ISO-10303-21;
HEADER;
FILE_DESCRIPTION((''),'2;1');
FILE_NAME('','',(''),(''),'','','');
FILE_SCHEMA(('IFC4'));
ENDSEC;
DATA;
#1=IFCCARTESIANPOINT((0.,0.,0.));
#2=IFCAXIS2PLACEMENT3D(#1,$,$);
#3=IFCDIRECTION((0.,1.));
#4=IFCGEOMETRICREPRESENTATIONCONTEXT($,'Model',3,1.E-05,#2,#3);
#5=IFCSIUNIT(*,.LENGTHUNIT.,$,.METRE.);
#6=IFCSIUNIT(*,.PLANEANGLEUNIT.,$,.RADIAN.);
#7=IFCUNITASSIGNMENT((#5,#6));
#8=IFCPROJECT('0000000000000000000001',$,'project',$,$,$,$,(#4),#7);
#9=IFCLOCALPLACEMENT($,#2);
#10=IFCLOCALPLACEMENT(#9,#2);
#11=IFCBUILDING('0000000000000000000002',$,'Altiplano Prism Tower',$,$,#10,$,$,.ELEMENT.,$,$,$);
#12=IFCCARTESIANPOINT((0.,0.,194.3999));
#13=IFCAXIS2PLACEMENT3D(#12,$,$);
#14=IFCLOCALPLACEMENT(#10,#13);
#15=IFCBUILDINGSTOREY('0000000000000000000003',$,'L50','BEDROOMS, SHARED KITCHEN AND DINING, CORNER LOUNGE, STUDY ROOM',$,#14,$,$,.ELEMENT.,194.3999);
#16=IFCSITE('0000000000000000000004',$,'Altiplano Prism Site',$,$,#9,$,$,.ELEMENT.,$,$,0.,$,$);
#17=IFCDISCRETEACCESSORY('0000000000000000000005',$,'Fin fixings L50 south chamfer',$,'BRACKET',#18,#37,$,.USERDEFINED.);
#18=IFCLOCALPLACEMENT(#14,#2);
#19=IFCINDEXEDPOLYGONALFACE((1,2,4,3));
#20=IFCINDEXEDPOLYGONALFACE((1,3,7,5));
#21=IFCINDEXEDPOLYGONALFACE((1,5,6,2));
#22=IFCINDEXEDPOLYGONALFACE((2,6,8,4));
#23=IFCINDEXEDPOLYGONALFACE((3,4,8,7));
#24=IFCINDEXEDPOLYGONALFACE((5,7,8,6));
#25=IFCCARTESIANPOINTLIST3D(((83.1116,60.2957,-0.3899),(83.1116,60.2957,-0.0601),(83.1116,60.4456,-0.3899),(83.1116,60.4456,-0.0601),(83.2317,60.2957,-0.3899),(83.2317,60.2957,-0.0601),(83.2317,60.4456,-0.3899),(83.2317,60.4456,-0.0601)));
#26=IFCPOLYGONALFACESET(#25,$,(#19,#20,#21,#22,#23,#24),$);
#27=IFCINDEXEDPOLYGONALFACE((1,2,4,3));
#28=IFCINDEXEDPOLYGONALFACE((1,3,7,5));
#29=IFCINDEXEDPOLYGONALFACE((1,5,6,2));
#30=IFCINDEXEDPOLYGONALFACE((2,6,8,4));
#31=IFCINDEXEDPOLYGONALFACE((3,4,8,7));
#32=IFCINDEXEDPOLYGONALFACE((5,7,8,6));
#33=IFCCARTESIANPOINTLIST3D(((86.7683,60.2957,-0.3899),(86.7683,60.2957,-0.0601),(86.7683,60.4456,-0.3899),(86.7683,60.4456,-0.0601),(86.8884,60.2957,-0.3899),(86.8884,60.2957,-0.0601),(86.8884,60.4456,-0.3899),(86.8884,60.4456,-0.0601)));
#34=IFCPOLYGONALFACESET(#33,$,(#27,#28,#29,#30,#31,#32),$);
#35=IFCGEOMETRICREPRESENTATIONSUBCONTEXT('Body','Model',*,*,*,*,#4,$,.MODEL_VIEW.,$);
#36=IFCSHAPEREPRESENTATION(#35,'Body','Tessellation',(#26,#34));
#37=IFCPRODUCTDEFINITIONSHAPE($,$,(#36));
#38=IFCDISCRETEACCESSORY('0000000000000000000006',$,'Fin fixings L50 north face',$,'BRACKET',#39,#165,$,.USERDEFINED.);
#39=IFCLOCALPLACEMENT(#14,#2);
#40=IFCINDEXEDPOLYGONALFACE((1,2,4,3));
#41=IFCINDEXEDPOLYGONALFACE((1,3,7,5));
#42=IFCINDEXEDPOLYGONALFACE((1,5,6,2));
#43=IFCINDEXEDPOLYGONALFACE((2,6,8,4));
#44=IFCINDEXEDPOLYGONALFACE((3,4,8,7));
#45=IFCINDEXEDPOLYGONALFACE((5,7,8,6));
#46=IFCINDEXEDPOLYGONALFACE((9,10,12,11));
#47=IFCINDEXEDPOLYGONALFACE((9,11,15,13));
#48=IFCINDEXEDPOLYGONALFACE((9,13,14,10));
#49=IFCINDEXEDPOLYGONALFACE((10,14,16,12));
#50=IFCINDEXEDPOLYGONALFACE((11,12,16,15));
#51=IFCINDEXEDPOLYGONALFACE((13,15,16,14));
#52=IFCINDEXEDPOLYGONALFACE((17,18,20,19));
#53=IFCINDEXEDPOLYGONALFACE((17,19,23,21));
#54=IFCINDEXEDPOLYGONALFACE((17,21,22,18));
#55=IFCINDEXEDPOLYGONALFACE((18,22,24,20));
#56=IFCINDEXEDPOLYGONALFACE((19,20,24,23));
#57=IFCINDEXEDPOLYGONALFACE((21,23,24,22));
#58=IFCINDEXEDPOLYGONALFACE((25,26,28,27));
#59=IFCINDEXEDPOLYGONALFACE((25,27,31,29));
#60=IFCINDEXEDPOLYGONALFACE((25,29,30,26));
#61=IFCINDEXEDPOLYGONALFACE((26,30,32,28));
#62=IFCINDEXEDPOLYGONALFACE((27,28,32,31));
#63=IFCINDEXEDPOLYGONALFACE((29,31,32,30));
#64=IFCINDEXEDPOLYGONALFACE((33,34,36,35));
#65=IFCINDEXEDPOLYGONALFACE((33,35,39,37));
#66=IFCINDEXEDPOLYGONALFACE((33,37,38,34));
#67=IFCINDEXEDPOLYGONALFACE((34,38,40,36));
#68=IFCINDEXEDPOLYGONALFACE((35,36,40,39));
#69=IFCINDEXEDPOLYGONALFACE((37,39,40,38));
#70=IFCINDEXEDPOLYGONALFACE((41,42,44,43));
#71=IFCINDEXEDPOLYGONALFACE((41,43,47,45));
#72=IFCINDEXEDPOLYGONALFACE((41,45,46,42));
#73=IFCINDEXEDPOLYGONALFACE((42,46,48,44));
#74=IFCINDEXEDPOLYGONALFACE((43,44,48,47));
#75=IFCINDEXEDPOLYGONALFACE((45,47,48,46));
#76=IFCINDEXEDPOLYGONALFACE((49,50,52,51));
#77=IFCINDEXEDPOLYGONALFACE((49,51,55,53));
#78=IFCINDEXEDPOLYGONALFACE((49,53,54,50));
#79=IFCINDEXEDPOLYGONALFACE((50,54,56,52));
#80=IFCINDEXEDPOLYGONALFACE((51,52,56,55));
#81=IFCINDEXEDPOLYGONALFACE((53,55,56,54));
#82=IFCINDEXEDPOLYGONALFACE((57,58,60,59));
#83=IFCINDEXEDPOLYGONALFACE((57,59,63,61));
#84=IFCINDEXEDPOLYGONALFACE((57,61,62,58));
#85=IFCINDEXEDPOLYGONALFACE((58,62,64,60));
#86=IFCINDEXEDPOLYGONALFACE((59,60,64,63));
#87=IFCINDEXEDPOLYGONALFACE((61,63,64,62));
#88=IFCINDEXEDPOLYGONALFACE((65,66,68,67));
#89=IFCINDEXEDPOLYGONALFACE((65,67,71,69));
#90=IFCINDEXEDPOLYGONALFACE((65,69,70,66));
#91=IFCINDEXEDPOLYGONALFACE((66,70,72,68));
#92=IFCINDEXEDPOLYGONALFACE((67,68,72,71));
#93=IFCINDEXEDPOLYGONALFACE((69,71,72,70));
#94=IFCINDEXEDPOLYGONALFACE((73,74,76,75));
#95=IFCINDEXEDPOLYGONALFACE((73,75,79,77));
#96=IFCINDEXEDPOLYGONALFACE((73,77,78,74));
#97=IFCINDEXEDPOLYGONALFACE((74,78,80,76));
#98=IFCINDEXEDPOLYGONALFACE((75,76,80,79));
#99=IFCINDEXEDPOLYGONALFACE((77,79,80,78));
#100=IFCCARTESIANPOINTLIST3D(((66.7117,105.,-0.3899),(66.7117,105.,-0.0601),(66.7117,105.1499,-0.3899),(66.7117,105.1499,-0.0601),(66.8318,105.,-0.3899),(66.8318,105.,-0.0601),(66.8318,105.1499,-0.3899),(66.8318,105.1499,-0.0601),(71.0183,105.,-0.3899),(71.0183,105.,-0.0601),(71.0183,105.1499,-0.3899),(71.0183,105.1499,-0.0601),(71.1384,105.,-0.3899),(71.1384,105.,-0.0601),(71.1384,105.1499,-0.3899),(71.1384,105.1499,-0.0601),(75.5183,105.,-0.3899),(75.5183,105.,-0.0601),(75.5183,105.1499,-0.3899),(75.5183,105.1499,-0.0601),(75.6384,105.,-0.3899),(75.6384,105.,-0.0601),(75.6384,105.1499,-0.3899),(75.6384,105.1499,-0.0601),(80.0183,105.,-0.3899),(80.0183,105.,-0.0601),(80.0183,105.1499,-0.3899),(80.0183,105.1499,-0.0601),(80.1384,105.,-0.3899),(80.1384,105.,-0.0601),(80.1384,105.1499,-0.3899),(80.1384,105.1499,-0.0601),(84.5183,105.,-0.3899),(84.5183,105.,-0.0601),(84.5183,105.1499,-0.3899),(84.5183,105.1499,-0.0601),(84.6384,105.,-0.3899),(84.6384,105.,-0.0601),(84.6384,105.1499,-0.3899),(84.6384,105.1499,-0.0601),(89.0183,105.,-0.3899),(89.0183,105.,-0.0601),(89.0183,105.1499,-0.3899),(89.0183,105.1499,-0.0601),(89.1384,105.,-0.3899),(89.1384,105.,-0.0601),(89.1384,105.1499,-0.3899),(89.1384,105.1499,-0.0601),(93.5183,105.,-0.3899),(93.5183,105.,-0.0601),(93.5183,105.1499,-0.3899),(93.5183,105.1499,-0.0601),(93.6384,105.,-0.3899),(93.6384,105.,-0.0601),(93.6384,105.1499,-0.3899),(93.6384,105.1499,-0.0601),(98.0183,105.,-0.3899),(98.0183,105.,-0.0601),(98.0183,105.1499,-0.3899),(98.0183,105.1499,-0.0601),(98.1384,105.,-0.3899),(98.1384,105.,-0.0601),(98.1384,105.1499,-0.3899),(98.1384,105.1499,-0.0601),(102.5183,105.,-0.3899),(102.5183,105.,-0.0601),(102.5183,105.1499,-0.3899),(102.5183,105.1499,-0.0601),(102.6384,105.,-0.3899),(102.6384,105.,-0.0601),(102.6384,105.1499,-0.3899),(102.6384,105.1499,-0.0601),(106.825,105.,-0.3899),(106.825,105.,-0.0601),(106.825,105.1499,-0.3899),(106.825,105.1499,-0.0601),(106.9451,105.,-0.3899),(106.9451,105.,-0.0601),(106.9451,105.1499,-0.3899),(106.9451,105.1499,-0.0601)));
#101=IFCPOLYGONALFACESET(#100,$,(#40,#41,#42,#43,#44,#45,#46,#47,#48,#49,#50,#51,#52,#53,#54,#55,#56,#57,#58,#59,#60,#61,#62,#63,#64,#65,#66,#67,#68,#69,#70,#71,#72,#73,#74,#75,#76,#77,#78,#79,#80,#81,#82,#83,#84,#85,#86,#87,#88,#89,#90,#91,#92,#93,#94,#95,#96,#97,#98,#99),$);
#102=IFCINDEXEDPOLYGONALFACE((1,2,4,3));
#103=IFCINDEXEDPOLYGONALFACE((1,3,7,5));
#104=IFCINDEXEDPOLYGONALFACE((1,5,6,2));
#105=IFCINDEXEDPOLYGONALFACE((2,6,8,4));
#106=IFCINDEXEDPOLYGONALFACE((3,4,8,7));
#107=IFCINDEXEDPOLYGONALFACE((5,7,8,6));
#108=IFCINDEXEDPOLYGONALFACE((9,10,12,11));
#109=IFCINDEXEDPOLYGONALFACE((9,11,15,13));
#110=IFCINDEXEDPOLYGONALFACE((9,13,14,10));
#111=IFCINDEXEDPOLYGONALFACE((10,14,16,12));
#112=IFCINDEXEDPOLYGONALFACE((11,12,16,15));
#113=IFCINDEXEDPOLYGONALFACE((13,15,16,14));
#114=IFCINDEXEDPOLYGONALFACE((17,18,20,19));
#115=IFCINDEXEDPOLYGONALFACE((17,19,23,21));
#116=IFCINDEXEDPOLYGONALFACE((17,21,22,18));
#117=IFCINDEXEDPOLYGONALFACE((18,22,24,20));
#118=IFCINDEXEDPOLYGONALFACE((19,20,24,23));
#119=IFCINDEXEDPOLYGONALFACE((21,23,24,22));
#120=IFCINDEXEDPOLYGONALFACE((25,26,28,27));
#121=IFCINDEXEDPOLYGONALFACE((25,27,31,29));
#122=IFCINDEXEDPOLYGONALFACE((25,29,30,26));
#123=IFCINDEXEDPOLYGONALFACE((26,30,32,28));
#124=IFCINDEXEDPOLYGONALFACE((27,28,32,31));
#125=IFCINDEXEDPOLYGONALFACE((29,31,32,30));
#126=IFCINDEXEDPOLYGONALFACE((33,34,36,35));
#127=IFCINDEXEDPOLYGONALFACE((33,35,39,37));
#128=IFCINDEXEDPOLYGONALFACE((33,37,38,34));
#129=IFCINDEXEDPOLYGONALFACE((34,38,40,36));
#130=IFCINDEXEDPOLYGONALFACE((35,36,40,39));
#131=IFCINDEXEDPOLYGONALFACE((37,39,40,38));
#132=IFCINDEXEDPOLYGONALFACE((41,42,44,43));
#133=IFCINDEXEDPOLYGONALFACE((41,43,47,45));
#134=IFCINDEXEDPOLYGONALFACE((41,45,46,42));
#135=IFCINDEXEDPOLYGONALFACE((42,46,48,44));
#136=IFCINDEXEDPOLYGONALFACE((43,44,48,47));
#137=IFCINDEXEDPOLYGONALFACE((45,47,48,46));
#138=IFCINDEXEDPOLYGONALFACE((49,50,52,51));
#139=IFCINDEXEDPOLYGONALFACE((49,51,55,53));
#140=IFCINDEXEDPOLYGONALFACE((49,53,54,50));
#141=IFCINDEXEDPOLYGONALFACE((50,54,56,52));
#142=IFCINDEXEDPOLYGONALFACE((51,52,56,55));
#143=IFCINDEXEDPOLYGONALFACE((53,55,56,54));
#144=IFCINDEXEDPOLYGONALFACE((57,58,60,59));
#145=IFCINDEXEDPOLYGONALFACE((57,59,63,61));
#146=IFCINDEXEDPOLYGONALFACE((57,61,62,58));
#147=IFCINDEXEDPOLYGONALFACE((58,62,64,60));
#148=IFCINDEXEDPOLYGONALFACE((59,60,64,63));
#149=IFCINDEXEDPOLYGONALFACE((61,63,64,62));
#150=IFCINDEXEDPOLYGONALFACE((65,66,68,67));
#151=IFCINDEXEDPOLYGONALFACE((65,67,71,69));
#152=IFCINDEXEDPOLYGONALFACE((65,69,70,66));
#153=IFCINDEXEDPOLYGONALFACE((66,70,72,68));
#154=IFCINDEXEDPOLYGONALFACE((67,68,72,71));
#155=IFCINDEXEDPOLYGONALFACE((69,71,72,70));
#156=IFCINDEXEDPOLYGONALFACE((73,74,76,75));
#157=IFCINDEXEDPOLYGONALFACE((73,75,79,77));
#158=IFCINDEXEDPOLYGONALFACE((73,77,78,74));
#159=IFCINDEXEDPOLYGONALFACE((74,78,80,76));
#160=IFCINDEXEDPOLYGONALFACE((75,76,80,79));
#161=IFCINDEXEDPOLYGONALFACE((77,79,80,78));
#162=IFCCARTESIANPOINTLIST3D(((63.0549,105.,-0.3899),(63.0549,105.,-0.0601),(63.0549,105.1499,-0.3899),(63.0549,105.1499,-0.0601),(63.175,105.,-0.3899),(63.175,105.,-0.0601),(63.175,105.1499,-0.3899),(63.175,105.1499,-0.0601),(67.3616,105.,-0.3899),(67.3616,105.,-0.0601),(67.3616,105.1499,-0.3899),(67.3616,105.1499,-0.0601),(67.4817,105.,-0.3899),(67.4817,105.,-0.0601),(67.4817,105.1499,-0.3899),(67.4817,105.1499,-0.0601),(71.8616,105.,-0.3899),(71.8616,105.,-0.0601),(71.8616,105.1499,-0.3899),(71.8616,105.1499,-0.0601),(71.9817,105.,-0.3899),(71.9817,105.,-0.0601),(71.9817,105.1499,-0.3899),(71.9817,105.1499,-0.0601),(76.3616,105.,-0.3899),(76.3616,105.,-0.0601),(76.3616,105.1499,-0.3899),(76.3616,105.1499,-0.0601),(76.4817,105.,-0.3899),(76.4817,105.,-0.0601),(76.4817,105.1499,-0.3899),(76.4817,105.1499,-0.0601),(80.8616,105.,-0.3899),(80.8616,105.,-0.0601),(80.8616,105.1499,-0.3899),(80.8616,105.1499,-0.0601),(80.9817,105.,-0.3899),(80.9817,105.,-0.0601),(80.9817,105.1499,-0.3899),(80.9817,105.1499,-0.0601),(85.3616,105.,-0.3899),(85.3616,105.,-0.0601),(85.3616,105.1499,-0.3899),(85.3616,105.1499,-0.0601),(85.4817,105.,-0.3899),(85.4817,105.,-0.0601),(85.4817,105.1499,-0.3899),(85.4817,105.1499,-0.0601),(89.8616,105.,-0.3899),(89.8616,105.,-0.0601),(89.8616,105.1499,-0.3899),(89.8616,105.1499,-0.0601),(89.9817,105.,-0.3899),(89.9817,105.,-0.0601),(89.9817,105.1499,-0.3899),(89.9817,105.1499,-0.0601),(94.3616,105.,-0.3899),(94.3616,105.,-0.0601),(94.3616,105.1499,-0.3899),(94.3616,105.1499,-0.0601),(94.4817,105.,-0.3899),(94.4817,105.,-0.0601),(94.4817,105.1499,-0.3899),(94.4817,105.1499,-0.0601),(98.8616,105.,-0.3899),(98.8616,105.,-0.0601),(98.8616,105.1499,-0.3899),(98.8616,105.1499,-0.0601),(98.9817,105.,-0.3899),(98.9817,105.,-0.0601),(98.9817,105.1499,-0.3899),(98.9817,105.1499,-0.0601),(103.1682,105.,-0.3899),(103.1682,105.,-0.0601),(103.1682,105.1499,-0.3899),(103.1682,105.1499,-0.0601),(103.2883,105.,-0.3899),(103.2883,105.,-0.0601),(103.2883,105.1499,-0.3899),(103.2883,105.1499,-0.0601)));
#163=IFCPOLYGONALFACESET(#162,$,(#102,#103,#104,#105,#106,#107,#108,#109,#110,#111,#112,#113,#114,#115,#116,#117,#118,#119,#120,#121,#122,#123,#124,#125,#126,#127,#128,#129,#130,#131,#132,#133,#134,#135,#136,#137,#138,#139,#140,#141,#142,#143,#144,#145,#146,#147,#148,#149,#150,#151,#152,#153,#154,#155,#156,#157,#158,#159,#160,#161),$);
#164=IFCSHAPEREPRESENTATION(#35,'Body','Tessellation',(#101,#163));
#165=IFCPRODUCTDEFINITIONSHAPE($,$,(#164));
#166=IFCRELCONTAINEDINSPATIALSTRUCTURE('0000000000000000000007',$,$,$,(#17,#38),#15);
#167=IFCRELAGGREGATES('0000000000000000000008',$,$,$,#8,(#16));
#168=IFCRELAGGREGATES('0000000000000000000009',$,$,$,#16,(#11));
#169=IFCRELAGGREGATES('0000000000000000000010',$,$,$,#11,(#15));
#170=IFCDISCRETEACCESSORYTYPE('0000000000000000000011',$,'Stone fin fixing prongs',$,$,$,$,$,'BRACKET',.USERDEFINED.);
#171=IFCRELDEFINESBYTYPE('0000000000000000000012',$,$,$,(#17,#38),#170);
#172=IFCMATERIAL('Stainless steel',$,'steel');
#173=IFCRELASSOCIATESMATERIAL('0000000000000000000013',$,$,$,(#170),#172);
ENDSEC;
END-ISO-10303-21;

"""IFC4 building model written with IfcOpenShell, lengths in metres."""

from ifc_helpers import new_model, si_unit, direction, frame, origin, place, context, subcontext, project, spatial, polyline, outline, extrude, source, transform, mapped, material, type_object, element, save


model = new_model("IFC4")

# Units and contexts
model_context = context("Model", 3, precision=1e-05, world=origin(), true_north=direction((0.0, 1.0)))
body_context = subcontext(model_context, "Body", "Model", "MODEL_VIEW")
ifc_project = project(units=[si_unit("LENGTHUNIT", "METRE"), si_unit("PLANEANGLEUNIT", "RADIAN")], contexts=[model_context])

# Site, building, storey
site_placement = place(None, origin())
site = spatial("IfcSite", under=ifc_project, at=site_placement, Name="Altiplano Prism Site", CompositionType="ELEMENT", RefElevation=0.0)
building_placement = place(site_placement, origin())
building = spatial("IfcBuilding", under=site, at=building_placement, Name="Altiplano Prism Tower", CompositionType="ELEMENT")
storey_placement = place(building_placement, frame((0.0, 0.0, 194.3999)))
storey = spatial("IfcBuildingStorey", under=building, at=storey_placement, Name="L50", Description="BEDROOMS, SHARED KITCHEN AND DINING, CORNER LOUNGE, STUDY ROOM", CompositionType="ELEMENT", Elevation=194.3999)

# Discrete accessories
ifc_material_1 = material(Name="Stainless steel", Category="steel")
discrete_accessory_type = type_object("IfcDiscreteAccessoryType", Name="Stone fin fixing prongs", ElementType="BRACKET", PredefinedType="USERDEFINED", material=ifc_material_1)
shared_shape_1 = source(origin(), body_context, "Body", "SweptSolid", [
    extrude(outline(polyline([(-1.8884, 0.0601), (-1.7683, 0.0601), (-1.7683, 0.3899), (-1.8884, 0.3899), (-1.8884, 0.0601)])), frame((0.0, 0.0, 0.0), z_axis=(0.0, -1.0, 0.0), x_axis=(1.0, 0.0, 0.0)), (0.0, 0.0, 1.0), 0.1499),
    extrude(outline(polyline([(1.7683, 0.0601), (1.8884, 0.0601), (1.8884, 0.3899), (1.7683, 0.3899), (1.7683, 0.0601)])), frame((0.0, 0.0, 0.0), z_axis=(0.0, -1.0, 0.0), x_axis=(1.0, 0.0, 0.0)), (0.0, 0.0, 1.0), 0.1499),
])
discrete_accessory_1_placement = place(storey_placement, origin())
element("IfcDiscreteAccessory", 1, at=discrete_accessory_1_placement, inside=storey, type_object=discrete_accessory_type, Name="Fin fixings L50 south chamfer", ObjectType="BRACKET", PredefinedType="USERDEFINED", context=body_context, shape_type="MappedRepresentation", body=[
    mapped(shared_shape_1, transform((85.0, 60.4456, -0.45), x_axis=(1.0, 0.0, 0.0), y_axis=(0.0, 1.0, 0.0), z_axis=(0.0, 0.0, 1.0))),
])
shared_shape_2 = source(origin(), body_context, "Body", "SweptSolid", [
    extrude(outline(polyline([(-1.8884, 0.0601), (-1.7683, 0.0601), (-1.7683, 0.3899), (-1.8884, 0.3899), (-1.8884, 0.0601)])), frame((0.0, 0.0, 0.0), z_axis=(0.0, -1.0, 0.0), x_axis=(1.0, 0.0, 0.0)), (0.0, 0.0, 1.0), 0.1499),
    extrude(outline(polyline([(1.7683, 0.0601), (1.8884, 0.0601), (1.8884, 0.3899), (1.7683, 0.3899), (1.7683, 0.0601)])), frame((0.0, 0.0, 0.0), z_axis=(0.0, -1.0, 0.0), x_axis=(1.0, 0.0, 0.0)), (0.0, 0.0, 1.0), 0.1499),
])
shared_shape_3 = source(origin(), body_context, "Body", "SweptSolid", [
    extrude(outline(polyline([(-1.8884, 0.0601), (-1.7683, 0.0601), (-1.7683, 0.3899), (-1.8884, 0.3899), (-1.8884, 0.0601)])), frame((0.0, 0.0, 0.0), z_axis=(0.0, -1.0, 0.0), x_axis=(1.0, 0.0, 0.0)), (0.0, 0.0, 1.0), 0.1499),
    extrude(outline(polyline([(1.7683, 0.0601), (1.8884, 0.0601), (1.8884, 0.3899), (1.7683, 0.3899), (1.7683, 0.0601)])), frame((0.0, 0.0, 0.0), z_axis=(0.0, -1.0, 0.0), x_axis=(1.0, 0.0, 0.0)), (0.0, 0.0, 1.0), 0.1499),
])
discrete_accessory_2_placement = place(storey_placement, origin())
element("IfcDiscreteAccessory", 2, at=discrete_accessory_2_placement, inside=storey, type_object=discrete_accessory_type, Name="Fin fixings L50 north face", ObjectType="BRACKET", PredefinedType="USERDEFINED", context=body_context, shape_type="MappedRepresentation", body=[
    mapped(shared_shape_2, transform((105.0566, 105.0, -0.45), x_axis=(-1.0, 0.0, 0.0), y_axis=(0.0, -1.0, 0.0), z_axis=(0.0, 0.0, 1.0))),
    mapped(shared_shape_3, transform((100.75, 105.0, -0.45), x_axis=(-1.0, 0.0, 0.0), y_axis=(0.0, -1.0, 0.0), z_axis=(0.0, 0.0, 1.0))),
    mapped(shared_shape_3, transform((96.25, 105.0, -0.45), x_axis=(-1.0, 0.0, 0.0), y_axis=(0.0, -1.0, 0.0), z_axis=(0.0, 0.0, 1.0))),
    mapped(shared_shape_3, transform((91.75, 105.0, -0.45), x_axis=(-1.0, 0.0, 0.0), y_axis=(0.0, -1.0, 0.0), z_axis=(0.0, 0.0, 1.0))),
    mapped(shared_shape_3, transform((87.25, 105.0, -0.45), x_axis=(-1.0, 0.0, 0.0), y_axis=(0.0, -1.0, 0.0), z_axis=(0.0, 0.0, 1.0))),
    mapped(shared_shape_3, transform((82.75, 105.0, -0.45), x_axis=(-1.0, 0.0, 0.0), y_axis=(0.0, -1.0, 0.0), z_axis=(0.0, 0.0, 1.0))),
    mapped(shared_shape_3, transform((78.25, 105.0, -0.45), x_axis=(-1.0, 0.0, 0.0), y_axis=(0.0, -1.0, 0.0), z_axis=(0.0, 0.0, 1.0))),
    mapped(shared_shape_3, transform((73.75, 105.0, -0.45), x_axis=(-1.0, 0.0, 0.0), y_axis=(0.0, -1.0, 0.0), z_axis=(0.0, 0.0, 1.0))),
    mapped(shared_shape_3, transform((69.25, 105.0, -0.45), x_axis=(-1.0, 0.0, 0.0), y_axis=(0.0, -1.0, 0.0), z_axis=(0.0, 0.0, 1.0))),
    mapped(shared_shape_2, transform((64.9434, 105.0, -0.45), x_axis=(-1.0, 0.0, 0.0), y_axis=(0.0, -1.0, 0.0), z_axis=(0.0, 0.0, 1.0))),
])

save(model, "model.ifc")
